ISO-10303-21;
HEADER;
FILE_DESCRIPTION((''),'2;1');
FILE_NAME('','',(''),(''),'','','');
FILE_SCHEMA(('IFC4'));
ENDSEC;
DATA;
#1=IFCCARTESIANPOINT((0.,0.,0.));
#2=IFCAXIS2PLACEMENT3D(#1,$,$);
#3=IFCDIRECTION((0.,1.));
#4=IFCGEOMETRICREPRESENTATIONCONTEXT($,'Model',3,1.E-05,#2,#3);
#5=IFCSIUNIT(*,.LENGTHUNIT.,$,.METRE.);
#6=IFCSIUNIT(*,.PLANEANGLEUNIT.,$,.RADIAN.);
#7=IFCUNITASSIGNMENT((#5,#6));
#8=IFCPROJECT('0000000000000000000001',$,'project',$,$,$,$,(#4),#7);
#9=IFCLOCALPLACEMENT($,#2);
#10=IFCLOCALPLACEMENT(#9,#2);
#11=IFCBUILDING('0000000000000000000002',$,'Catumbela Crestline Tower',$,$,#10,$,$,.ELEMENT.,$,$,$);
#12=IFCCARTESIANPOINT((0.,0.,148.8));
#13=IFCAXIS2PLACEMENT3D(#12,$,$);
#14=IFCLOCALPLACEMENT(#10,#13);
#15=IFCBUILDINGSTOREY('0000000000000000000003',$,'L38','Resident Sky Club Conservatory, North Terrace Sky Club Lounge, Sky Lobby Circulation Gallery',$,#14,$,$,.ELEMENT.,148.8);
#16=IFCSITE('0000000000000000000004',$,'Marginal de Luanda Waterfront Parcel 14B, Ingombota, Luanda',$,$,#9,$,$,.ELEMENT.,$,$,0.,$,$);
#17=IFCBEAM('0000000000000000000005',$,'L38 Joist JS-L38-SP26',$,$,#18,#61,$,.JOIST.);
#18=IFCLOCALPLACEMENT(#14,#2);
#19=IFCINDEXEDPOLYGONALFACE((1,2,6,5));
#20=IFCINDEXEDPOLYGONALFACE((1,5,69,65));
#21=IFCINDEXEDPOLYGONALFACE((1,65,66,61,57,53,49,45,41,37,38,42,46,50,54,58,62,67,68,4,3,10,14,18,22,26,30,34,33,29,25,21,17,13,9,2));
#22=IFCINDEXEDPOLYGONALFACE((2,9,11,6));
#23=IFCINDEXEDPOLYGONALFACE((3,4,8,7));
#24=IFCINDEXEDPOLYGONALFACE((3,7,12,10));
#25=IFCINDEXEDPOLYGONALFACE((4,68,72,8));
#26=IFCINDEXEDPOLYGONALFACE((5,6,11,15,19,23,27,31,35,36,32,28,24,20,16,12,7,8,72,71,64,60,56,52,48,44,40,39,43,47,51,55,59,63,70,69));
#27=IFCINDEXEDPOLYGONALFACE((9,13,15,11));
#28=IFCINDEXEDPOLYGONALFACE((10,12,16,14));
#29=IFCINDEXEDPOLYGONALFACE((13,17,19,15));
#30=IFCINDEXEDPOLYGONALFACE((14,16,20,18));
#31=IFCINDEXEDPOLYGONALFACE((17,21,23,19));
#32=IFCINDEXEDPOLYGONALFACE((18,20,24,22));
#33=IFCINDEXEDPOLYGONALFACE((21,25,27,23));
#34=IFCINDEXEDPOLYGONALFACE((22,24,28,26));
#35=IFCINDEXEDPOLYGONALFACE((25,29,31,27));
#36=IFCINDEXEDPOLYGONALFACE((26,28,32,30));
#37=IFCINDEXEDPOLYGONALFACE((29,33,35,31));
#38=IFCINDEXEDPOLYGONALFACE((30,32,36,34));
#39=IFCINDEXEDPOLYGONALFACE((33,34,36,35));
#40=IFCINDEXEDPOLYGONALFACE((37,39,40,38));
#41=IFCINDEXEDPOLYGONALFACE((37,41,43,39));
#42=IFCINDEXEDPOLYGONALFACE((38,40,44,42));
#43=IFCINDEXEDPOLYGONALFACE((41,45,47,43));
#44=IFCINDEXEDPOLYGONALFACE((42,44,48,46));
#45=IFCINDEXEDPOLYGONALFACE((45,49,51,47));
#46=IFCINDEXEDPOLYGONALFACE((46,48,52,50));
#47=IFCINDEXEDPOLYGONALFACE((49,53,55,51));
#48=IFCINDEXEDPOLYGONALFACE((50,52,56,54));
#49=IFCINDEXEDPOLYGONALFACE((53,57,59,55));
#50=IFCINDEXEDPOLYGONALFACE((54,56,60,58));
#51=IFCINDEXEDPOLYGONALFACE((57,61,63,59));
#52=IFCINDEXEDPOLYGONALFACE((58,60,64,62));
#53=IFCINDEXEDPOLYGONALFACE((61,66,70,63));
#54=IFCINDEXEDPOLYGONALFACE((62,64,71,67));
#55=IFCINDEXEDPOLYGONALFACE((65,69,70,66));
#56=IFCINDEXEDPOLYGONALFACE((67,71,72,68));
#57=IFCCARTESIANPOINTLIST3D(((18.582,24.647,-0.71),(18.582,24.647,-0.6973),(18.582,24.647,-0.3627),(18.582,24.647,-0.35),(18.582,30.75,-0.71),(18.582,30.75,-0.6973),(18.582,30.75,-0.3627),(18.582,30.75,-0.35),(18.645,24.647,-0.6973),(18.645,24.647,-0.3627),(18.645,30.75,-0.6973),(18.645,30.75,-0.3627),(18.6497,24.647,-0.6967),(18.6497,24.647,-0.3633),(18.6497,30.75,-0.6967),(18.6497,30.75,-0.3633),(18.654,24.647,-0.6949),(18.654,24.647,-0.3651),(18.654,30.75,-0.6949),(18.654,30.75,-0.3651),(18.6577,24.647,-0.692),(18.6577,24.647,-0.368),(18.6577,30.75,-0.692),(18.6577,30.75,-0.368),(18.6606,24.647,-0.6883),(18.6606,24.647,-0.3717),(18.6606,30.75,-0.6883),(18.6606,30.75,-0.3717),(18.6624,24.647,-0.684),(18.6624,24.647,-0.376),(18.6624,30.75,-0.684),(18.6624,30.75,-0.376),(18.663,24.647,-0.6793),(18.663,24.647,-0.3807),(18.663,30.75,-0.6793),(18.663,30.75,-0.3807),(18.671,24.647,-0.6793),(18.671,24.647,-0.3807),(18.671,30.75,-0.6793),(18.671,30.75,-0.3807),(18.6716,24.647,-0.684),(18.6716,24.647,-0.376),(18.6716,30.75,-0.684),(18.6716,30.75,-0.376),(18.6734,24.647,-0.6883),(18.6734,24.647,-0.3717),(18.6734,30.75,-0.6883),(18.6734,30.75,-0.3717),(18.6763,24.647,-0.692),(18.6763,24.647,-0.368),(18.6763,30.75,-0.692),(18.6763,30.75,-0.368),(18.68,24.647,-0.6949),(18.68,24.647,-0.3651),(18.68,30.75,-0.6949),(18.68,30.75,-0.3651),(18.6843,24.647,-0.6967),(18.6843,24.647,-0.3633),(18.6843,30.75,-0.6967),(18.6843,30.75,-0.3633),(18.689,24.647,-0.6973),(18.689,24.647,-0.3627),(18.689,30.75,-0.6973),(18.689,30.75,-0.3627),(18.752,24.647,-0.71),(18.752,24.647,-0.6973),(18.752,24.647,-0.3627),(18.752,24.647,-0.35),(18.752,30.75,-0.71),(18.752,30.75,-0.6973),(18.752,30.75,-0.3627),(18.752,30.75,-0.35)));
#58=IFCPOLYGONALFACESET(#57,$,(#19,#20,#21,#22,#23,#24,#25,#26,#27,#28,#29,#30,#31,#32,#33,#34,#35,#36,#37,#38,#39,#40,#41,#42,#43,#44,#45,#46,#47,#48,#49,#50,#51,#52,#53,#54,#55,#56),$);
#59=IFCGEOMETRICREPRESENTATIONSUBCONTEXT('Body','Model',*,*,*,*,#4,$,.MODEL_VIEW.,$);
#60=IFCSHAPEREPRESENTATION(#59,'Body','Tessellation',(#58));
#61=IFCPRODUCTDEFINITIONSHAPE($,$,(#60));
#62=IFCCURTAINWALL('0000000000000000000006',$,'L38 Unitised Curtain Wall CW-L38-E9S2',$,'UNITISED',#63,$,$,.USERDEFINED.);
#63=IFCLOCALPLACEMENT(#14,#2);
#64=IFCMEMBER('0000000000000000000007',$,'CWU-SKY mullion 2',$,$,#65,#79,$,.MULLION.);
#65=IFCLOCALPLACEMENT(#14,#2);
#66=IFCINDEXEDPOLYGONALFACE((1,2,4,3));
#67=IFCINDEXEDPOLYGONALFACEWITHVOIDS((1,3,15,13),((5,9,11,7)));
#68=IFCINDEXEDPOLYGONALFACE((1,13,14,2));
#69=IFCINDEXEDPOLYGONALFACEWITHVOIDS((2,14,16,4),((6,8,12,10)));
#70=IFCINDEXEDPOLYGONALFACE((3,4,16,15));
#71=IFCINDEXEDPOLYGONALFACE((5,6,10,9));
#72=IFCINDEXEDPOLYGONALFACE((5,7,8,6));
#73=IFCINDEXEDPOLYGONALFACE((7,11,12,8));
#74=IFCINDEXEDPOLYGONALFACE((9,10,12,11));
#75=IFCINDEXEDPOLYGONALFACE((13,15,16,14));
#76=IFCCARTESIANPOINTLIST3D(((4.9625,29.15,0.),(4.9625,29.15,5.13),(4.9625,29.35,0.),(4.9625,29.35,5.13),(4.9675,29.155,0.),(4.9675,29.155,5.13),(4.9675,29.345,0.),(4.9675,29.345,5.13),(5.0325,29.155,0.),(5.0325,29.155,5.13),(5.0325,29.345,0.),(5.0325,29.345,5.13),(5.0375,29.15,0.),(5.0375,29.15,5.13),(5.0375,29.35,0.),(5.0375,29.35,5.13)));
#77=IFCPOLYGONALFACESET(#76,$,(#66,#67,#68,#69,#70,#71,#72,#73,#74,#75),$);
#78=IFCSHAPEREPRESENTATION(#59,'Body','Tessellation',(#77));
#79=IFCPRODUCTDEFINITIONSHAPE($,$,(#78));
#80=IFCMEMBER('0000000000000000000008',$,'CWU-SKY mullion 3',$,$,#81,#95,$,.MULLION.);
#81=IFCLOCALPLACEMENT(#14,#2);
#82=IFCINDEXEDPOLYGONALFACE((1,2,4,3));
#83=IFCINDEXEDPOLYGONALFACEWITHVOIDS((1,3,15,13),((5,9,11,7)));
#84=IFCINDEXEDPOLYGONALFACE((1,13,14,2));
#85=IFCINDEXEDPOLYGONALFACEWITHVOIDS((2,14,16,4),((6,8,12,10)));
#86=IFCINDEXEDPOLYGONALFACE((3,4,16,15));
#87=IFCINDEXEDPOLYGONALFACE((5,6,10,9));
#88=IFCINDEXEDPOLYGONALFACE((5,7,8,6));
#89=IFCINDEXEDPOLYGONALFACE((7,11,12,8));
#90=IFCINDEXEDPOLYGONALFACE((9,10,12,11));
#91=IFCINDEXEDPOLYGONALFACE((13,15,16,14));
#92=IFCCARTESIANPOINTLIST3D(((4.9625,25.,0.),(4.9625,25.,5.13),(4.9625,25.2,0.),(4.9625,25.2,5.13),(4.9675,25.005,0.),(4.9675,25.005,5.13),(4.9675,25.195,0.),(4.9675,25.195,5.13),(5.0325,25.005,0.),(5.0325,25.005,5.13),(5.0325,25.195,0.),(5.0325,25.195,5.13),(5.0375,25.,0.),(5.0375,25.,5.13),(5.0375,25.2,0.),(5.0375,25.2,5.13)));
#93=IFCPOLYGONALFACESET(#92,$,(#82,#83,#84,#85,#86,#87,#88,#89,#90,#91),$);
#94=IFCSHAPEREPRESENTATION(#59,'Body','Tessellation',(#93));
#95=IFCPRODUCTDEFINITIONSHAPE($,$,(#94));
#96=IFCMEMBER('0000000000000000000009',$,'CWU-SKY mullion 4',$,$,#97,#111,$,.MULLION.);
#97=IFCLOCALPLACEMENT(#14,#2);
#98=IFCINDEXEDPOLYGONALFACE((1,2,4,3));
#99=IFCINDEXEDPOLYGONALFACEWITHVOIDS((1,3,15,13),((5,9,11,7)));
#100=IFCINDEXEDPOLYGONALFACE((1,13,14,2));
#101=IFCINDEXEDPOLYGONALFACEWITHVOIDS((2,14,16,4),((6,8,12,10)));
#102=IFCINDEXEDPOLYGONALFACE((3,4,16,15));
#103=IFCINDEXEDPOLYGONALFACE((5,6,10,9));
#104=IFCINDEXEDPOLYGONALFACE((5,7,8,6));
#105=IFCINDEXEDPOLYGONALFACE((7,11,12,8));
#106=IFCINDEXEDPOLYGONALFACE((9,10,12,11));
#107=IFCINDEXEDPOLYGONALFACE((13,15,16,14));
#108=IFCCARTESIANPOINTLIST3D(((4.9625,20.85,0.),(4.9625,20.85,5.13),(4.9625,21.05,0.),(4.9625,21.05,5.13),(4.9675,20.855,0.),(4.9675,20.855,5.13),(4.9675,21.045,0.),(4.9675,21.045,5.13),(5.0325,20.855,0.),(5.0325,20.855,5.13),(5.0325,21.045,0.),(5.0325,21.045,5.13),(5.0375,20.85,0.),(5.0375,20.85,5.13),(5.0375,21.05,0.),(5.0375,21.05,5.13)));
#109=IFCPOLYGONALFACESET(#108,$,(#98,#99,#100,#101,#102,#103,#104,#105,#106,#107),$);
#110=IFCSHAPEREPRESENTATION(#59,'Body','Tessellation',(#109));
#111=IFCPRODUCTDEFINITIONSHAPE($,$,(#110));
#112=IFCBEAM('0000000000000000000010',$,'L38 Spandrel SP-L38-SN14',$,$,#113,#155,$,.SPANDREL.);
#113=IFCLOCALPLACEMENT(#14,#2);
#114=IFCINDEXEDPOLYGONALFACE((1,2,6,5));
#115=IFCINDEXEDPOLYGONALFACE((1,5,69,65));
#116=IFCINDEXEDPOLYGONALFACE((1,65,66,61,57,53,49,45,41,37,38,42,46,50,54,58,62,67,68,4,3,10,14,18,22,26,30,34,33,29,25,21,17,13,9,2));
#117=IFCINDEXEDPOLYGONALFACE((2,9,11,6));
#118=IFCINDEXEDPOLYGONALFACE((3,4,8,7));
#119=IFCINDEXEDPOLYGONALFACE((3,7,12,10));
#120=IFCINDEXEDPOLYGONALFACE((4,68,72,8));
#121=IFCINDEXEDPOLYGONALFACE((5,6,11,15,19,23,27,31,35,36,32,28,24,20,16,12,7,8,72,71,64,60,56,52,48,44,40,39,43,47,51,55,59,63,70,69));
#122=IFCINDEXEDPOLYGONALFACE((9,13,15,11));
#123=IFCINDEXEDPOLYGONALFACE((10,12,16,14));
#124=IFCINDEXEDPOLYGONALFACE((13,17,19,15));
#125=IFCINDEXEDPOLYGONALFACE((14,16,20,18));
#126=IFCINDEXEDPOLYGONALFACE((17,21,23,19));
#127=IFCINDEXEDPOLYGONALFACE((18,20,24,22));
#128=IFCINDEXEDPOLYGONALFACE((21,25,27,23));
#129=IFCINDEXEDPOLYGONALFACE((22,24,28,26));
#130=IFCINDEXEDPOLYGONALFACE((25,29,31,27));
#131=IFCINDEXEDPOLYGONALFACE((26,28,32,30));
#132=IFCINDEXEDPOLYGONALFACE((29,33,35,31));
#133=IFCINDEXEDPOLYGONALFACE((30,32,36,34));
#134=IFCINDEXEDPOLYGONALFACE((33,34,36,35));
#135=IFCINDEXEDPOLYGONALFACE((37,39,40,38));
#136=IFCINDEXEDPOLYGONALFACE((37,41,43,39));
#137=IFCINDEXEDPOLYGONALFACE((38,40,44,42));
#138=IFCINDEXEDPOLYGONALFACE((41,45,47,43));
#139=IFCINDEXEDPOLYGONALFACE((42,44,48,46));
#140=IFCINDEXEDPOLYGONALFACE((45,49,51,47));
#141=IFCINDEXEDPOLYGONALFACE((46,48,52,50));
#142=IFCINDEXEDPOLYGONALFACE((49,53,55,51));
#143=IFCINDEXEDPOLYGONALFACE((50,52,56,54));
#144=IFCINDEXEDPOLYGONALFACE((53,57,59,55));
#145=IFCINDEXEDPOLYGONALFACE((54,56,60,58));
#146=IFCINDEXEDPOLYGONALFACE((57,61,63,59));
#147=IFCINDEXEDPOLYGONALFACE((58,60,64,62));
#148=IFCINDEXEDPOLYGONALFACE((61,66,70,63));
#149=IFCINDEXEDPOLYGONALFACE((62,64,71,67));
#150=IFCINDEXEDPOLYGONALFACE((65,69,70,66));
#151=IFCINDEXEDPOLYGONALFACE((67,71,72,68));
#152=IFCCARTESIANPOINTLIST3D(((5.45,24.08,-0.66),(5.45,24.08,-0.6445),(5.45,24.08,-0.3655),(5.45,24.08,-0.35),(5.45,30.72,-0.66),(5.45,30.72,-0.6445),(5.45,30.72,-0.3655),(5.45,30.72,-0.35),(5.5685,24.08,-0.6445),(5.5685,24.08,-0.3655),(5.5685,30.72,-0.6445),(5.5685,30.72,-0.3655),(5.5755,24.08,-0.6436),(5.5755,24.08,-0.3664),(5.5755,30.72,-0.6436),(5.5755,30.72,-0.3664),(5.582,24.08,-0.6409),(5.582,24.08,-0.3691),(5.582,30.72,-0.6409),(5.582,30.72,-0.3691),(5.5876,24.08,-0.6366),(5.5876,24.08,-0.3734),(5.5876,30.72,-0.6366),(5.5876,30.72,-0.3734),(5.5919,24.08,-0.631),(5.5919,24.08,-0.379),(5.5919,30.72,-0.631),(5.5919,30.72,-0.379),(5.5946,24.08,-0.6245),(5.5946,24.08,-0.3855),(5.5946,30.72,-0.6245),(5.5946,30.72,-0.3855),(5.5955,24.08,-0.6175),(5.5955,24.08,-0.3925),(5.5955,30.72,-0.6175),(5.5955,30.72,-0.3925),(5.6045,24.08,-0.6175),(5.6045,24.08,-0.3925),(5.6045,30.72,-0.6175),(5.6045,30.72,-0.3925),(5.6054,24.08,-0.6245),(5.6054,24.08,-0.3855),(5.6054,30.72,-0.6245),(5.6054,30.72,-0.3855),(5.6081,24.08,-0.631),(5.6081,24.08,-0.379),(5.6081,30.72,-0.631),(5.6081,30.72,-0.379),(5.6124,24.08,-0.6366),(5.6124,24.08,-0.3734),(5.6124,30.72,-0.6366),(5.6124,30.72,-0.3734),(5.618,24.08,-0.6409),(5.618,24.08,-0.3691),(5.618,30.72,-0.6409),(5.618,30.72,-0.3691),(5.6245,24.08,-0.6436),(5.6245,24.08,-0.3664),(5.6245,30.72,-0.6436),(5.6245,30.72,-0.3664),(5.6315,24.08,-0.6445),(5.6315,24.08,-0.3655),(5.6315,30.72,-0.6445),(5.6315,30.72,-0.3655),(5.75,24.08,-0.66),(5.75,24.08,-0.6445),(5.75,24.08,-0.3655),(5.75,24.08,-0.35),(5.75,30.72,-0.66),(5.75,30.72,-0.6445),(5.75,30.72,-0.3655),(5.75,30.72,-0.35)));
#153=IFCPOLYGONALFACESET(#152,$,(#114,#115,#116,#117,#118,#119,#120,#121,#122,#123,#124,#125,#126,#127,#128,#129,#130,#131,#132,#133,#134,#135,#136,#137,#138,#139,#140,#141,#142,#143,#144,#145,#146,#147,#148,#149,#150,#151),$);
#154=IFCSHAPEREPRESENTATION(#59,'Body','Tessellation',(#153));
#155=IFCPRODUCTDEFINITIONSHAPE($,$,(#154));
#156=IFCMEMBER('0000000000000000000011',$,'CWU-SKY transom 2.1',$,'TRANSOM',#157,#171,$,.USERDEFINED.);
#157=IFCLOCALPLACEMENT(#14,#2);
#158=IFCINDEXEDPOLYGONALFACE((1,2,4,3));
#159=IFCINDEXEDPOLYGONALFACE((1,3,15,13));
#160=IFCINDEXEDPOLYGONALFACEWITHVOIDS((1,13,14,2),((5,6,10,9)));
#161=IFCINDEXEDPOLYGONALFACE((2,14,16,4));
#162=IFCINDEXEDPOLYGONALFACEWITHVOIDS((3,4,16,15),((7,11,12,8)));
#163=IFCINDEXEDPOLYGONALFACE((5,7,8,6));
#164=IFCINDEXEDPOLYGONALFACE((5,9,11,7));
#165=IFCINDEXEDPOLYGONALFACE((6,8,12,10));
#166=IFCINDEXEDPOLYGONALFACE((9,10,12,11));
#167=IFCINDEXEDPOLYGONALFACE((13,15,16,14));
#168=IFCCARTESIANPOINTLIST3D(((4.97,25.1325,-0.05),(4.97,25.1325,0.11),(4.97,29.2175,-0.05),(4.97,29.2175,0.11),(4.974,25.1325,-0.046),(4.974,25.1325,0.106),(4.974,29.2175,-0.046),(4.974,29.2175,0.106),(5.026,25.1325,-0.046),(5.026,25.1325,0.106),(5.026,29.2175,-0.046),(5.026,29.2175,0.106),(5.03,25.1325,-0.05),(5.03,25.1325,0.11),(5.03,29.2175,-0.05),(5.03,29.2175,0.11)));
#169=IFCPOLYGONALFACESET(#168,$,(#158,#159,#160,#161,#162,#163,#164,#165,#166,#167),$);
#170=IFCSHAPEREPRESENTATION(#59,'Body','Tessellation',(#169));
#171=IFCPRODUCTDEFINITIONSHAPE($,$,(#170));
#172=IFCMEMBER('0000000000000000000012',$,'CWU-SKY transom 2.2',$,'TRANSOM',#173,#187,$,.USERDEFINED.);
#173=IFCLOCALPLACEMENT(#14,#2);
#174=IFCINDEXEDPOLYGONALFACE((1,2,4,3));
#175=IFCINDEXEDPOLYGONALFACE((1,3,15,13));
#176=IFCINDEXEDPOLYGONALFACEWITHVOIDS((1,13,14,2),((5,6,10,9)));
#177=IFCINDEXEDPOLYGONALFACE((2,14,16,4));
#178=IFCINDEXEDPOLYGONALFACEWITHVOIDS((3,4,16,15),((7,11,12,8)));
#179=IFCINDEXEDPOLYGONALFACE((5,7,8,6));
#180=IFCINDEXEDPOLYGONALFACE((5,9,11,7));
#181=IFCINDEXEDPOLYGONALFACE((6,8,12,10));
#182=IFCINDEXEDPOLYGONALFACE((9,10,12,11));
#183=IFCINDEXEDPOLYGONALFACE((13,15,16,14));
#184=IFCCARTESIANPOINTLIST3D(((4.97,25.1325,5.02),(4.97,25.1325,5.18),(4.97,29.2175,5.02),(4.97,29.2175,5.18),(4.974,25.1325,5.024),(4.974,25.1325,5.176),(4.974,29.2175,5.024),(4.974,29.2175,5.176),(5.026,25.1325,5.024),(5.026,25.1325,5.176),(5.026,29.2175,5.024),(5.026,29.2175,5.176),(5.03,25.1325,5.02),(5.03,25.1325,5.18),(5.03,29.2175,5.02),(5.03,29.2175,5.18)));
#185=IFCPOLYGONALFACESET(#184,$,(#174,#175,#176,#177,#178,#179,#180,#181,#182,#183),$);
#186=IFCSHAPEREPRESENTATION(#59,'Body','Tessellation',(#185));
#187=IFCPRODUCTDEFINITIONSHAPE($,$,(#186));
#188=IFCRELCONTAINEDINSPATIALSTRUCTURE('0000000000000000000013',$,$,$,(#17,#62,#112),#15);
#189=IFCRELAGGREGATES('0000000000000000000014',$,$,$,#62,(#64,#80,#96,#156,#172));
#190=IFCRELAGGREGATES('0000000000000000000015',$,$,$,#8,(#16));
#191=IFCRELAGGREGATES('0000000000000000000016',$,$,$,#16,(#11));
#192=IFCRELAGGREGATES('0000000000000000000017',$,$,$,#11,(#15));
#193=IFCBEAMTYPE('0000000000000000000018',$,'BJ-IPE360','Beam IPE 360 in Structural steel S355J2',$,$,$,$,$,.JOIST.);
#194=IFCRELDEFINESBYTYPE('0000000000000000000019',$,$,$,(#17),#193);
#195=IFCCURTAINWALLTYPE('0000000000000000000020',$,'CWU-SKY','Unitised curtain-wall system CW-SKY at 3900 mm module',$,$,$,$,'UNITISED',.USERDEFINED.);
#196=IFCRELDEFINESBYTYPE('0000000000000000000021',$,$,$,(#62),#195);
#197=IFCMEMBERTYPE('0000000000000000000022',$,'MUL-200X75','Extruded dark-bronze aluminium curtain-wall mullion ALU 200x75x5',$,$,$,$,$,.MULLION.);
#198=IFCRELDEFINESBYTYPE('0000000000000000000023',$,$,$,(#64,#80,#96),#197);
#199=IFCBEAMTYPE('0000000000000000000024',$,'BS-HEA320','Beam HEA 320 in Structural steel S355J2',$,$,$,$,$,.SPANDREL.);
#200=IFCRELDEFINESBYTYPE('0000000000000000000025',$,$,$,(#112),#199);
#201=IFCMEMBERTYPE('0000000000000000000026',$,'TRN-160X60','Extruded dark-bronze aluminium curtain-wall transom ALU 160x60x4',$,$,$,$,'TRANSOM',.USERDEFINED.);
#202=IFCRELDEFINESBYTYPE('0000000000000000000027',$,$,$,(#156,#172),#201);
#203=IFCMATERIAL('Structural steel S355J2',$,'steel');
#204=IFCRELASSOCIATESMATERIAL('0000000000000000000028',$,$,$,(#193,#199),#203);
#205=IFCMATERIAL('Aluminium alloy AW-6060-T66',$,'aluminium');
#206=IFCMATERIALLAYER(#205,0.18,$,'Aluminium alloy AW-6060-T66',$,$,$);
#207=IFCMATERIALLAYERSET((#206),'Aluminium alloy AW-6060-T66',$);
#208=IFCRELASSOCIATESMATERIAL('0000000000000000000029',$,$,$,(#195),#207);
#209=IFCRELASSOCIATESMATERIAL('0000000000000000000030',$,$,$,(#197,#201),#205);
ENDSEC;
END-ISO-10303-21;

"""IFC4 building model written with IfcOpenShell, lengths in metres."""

from ifc_helpers import new_model, si_unit, direction, frame, origin, origin_2d, place, context, subcontext, project, spatial, hollow_rectangle, i_section, extrude, material, layer, layer_set, material_profile, profile_set, type_object, element, aggregate, save


model = new_model("IFC4")

# Units and contexts
model_context = context("Model", 3, precision=1e-05, world=origin(), true_north=direction((0.0, 1.0)))
body_context = subcontext(model_context, "Body", "Model", "MODEL_VIEW")
ifc_project = project(units=[si_unit("LENGTHUNIT", "METRE"), si_unit("PLANEANGLEUNIT", "RADIAN")], contexts=[model_context])

# Site, building, storey
site_placement = place(None, origin())
site = spatial("IfcSite", under=ifc_project, at=site_placement, Name="Marginal de Luanda Waterfront Parcel 14B, Ingombota, Luanda", CompositionType="ELEMENT", RefElevation=0.0)
building_placement = place(site_placement, origin())
building = spatial("IfcBuilding", under=site, at=building_placement, Name="Catumbela Crestline Tower", CompositionType="ELEMENT")
storey_placement = place(building_placement, frame((0.0, 0.0, 148.8)))
storey = spatial("IfcBuildingStorey", under=building, at=storey_placement, Name="L38", Description="Resident Sky Club Conservatory, North Terrace Sky Club Lounge, Sky Lobby Circulation Gallery", CompositionType="ELEMENT", Elevation=148.8)

# Beam
ifc_material_1 = material(Name="Structural steel S355J2", Category="steel")
ifc_material_profile_1 = material_profile(ifc_material_1, i_section(OverallWidth=0.17, OverallDepth=0.36, WebThickness=0.008, FlangeThickness=0.0127, FilletRadius=0.018, at=origin_2d()), Name="IPE 360")
ifc_profile_set_1 = profile_set([ifc_material_profile_1], Name="Structural steel S355J2")
beam_type_1 = type_object("IfcBeamType", Name="BJ-IPE360", Description="Beam IPE 360 in Structural steel S355J2", PredefinedType="JOIST", material=ifc_profile_set_1)
beam_1_placement = place(storey_placement, frame((18.667, 24.647, -0.53), z_axis=(0.0, 1.0, 0.0), x_axis=(-1.0, 0.0, 0.0)))
element("IfcBeam", 1, at=beam_1_placement, inside=storey, type_object=beam_type_1, Name="L38 Joist JS-L38-SP26", PredefinedType="JOIST", context=body_context, shape_type="SweptSolid", body=[
    extrude(i_section(OverallWidth=0.17, OverallDepth=0.36, WebThickness=0.008, FlangeThickness=0.0127, FilletRadius=0.018, at=origin_2d()), origin(), (0.0, 0.0, 1.0), 6.103),
])

# Curtain wall, members
ifc_material_2 = material(Name="Aluminium alloy AW-6060-T66", Category="aluminium")
ifc_layer_1 = layer(ifc_material_2, 0.18, Name="Aluminium alloy AW-6060-T66")
ifc_layer_set_1 = layer_set([ifc_layer_1], Name="Aluminium alloy AW-6060-T66")
curtain_wall_type = type_object("IfcCurtainWallType", Name="CWU-SKY", Description="Unitised curtain-wall system CW-SKY at 3900 mm module", ElementType="UNITISED", PredefinedType="USERDEFINED", material=ifc_layer_set_1)
curtain_wall_placement = place(storey_placement, origin())
curtain_wall = element("IfcCurtainWall", 2, at=curtain_wall_placement, inside=storey, type_object=curtain_wall_type, Name="L38 Unitised Curtain Wall CW-L38-E9S2", ObjectType="UNITISED", PredefinedType="USERDEFINED")
ifc_material_profile_2 = material_profile(ifc_material_2, hollow_rectangle(XDim=0.075, YDim=0.2, WallThickness=0.005, at=origin_2d()), Name="ALU 200x75x5")
ifc_profile_set_2 = profile_set([ifc_material_profile_2], Name="Aluminium alloy AW-6060-T66")
member_type_1 = type_object("IfcMemberType", Name="MUL-200X75", Description="Extruded dark-bronze aluminium curtain-wall mullion ALU 200x75x5", PredefinedType="MULLION", material=ifc_profile_set_2)
member_1_placement = place(storey_placement, frame((5.0, 29.25, 0.0), z_axis=(0.0, 0.0, 1.0), x_axis=(1.0, 0.0, 0.0)))
member_1 = element("IfcMember", 3, at=member_1_placement, type_object=member_type_1, Name="CWU-SKY mullion 2", PredefinedType="MULLION", context=body_context, shape_type="SweptSolid", body=[
    extrude(hollow_rectangle(XDim=0.075, YDim=0.2, WallThickness=0.005, at=origin_2d()), origin(), (0.0, 0.0, 1.0), 5.13),
])
member_2_placement = place(storey_placement, frame((5.0, 25.1, 0.0), z_axis=(0.0, 0.0, 1.0), x_axis=(1.0, 0.0, 0.0)))
member_2 = element("IfcMember", 4, at=member_2_placement, type_object=member_type_1, Name="CWU-SKY mullion 3", PredefinedType="MULLION", context=body_context, shape_type="SweptSolid", body=[
    extrude(hollow_rectangle(XDim=0.075, YDim=0.2, WallThickness=0.005, at=origin_2d()), origin(), (0.0, 0.0, 1.0), 5.13),
])
member_3_placement = place(storey_placement, frame((5.0, 20.95, 0.0), z_axis=(0.0, 0.0, 1.0), x_axis=(1.0, 0.0, 0.0)))
member_3 = element("IfcMember", 5, at=member_3_placement, type_object=member_type_1, Name="CWU-SKY mullion 4", PredefinedType="MULLION", context=body_context, shape_type="SweptSolid", body=[
    extrude(hollow_rectangle(XDim=0.075, YDim=0.2, WallThickness=0.005, at=origin_2d()), origin(), (0.0, 0.0, 1.0), 5.13),
])

# Beam
ifc_material_profile_3 = material_profile(ifc_material_1, i_section(OverallWidth=0.3, OverallDepth=0.31, WebThickness=0.009, FlangeThickness=0.0155, FilletRadius=0.027, at=origin_2d()), Name="HEA 320")
ifc_profile_set_3 = profile_set([ifc_material_profile_3], Name="Structural steel S355J2")
beam_type_2 = type_object("IfcBeamType", Name="BS-HEA320", Description="Beam HEA 320 in Structural steel S355J2", PredefinedType="SPANDREL", material=ifc_profile_set_3)
beam_2_placement = place(storey_placement, frame((5.6, 24.08, -0.505), z_axis=(0.0, 1.0, 0.0), x_axis=(-1.0, 0.0, 0.0)))
element("IfcBeam", 6, at=beam_2_placement, inside=storey, type_object=beam_type_2, Name="L38 Spandrel SP-L38-SN14", PredefinedType="SPANDREL", context=body_context, shape_type="SweptSolid", body=[
    extrude(i_section(OverallWidth=0.3, OverallDepth=0.31, WebThickness=0.009, FlangeThickness=0.0155, FilletRadius=0.027, at=origin_2d()), origin(), (0.0, 0.0, 1.0), 6.64),
])

# Members
ifc_material_profile_4 = material_profile(ifc_material_2, hollow_rectangle(XDim=0.06, YDim=0.16, WallThickness=0.004, at=origin_2d()), Name="ALU 160x60x4")
ifc_profile_set_4 = profile_set([ifc_material_profile_4], Name="Aluminium alloy AW-6060-T66")
member_type_2 = type_object("IfcMemberType", Name="TRN-160X60", Description="Extruded dark-bronze aluminium curtain-wall transom ALU 160x60x4", ElementType="TRANSOM", PredefinedType="USERDEFINED", material=ifc_profile_set_4)
member_4_placement = place(storey_placement, frame((5.0, 29.2175, 0.03), z_axis=(0.0, -1.0, 0.0), x_axis=(1.0, 0.0, 0.0)))
member_4 = element("IfcMember", 7, at=member_4_placement, type_object=member_type_2, Name="CWU-SKY transom 2.1", ObjectType="TRANSOM", PredefinedType="USERDEFINED", context=body_context, shape_type="SweptSolid", body=[
    extrude(hollow_rectangle(XDim=0.06, YDim=0.16, WallThickness=0.004, at=origin_2d()), origin(), (0.0, 0.0, 1.0), 4.085),
])
member_5_placement = place(storey_placement, frame((5.0, 29.2175, 5.1), z_axis=(0.0, -1.0, 0.0), x_axis=(1.0, 0.0, 0.0)))
member_5 = element("IfcMember", 8, at=member_5_placement, type_object=member_type_2, Name="CWU-SKY transom 2.2", ObjectType="TRANSOM", PredefinedType="USERDEFINED", context=body_context, shape_type="SweptSolid", body=[
    extrude(hollow_rectangle(XDim=0.06, YDim=0.16, WallThickness=0.004, at=origin_2d()), origin(), (0.0, 0.0, 1.0), 4.085),
])

aggregate(curtain_wall, [member_1, member_2, member_3, member_4, member_5])

save(model, "model.ifc")
